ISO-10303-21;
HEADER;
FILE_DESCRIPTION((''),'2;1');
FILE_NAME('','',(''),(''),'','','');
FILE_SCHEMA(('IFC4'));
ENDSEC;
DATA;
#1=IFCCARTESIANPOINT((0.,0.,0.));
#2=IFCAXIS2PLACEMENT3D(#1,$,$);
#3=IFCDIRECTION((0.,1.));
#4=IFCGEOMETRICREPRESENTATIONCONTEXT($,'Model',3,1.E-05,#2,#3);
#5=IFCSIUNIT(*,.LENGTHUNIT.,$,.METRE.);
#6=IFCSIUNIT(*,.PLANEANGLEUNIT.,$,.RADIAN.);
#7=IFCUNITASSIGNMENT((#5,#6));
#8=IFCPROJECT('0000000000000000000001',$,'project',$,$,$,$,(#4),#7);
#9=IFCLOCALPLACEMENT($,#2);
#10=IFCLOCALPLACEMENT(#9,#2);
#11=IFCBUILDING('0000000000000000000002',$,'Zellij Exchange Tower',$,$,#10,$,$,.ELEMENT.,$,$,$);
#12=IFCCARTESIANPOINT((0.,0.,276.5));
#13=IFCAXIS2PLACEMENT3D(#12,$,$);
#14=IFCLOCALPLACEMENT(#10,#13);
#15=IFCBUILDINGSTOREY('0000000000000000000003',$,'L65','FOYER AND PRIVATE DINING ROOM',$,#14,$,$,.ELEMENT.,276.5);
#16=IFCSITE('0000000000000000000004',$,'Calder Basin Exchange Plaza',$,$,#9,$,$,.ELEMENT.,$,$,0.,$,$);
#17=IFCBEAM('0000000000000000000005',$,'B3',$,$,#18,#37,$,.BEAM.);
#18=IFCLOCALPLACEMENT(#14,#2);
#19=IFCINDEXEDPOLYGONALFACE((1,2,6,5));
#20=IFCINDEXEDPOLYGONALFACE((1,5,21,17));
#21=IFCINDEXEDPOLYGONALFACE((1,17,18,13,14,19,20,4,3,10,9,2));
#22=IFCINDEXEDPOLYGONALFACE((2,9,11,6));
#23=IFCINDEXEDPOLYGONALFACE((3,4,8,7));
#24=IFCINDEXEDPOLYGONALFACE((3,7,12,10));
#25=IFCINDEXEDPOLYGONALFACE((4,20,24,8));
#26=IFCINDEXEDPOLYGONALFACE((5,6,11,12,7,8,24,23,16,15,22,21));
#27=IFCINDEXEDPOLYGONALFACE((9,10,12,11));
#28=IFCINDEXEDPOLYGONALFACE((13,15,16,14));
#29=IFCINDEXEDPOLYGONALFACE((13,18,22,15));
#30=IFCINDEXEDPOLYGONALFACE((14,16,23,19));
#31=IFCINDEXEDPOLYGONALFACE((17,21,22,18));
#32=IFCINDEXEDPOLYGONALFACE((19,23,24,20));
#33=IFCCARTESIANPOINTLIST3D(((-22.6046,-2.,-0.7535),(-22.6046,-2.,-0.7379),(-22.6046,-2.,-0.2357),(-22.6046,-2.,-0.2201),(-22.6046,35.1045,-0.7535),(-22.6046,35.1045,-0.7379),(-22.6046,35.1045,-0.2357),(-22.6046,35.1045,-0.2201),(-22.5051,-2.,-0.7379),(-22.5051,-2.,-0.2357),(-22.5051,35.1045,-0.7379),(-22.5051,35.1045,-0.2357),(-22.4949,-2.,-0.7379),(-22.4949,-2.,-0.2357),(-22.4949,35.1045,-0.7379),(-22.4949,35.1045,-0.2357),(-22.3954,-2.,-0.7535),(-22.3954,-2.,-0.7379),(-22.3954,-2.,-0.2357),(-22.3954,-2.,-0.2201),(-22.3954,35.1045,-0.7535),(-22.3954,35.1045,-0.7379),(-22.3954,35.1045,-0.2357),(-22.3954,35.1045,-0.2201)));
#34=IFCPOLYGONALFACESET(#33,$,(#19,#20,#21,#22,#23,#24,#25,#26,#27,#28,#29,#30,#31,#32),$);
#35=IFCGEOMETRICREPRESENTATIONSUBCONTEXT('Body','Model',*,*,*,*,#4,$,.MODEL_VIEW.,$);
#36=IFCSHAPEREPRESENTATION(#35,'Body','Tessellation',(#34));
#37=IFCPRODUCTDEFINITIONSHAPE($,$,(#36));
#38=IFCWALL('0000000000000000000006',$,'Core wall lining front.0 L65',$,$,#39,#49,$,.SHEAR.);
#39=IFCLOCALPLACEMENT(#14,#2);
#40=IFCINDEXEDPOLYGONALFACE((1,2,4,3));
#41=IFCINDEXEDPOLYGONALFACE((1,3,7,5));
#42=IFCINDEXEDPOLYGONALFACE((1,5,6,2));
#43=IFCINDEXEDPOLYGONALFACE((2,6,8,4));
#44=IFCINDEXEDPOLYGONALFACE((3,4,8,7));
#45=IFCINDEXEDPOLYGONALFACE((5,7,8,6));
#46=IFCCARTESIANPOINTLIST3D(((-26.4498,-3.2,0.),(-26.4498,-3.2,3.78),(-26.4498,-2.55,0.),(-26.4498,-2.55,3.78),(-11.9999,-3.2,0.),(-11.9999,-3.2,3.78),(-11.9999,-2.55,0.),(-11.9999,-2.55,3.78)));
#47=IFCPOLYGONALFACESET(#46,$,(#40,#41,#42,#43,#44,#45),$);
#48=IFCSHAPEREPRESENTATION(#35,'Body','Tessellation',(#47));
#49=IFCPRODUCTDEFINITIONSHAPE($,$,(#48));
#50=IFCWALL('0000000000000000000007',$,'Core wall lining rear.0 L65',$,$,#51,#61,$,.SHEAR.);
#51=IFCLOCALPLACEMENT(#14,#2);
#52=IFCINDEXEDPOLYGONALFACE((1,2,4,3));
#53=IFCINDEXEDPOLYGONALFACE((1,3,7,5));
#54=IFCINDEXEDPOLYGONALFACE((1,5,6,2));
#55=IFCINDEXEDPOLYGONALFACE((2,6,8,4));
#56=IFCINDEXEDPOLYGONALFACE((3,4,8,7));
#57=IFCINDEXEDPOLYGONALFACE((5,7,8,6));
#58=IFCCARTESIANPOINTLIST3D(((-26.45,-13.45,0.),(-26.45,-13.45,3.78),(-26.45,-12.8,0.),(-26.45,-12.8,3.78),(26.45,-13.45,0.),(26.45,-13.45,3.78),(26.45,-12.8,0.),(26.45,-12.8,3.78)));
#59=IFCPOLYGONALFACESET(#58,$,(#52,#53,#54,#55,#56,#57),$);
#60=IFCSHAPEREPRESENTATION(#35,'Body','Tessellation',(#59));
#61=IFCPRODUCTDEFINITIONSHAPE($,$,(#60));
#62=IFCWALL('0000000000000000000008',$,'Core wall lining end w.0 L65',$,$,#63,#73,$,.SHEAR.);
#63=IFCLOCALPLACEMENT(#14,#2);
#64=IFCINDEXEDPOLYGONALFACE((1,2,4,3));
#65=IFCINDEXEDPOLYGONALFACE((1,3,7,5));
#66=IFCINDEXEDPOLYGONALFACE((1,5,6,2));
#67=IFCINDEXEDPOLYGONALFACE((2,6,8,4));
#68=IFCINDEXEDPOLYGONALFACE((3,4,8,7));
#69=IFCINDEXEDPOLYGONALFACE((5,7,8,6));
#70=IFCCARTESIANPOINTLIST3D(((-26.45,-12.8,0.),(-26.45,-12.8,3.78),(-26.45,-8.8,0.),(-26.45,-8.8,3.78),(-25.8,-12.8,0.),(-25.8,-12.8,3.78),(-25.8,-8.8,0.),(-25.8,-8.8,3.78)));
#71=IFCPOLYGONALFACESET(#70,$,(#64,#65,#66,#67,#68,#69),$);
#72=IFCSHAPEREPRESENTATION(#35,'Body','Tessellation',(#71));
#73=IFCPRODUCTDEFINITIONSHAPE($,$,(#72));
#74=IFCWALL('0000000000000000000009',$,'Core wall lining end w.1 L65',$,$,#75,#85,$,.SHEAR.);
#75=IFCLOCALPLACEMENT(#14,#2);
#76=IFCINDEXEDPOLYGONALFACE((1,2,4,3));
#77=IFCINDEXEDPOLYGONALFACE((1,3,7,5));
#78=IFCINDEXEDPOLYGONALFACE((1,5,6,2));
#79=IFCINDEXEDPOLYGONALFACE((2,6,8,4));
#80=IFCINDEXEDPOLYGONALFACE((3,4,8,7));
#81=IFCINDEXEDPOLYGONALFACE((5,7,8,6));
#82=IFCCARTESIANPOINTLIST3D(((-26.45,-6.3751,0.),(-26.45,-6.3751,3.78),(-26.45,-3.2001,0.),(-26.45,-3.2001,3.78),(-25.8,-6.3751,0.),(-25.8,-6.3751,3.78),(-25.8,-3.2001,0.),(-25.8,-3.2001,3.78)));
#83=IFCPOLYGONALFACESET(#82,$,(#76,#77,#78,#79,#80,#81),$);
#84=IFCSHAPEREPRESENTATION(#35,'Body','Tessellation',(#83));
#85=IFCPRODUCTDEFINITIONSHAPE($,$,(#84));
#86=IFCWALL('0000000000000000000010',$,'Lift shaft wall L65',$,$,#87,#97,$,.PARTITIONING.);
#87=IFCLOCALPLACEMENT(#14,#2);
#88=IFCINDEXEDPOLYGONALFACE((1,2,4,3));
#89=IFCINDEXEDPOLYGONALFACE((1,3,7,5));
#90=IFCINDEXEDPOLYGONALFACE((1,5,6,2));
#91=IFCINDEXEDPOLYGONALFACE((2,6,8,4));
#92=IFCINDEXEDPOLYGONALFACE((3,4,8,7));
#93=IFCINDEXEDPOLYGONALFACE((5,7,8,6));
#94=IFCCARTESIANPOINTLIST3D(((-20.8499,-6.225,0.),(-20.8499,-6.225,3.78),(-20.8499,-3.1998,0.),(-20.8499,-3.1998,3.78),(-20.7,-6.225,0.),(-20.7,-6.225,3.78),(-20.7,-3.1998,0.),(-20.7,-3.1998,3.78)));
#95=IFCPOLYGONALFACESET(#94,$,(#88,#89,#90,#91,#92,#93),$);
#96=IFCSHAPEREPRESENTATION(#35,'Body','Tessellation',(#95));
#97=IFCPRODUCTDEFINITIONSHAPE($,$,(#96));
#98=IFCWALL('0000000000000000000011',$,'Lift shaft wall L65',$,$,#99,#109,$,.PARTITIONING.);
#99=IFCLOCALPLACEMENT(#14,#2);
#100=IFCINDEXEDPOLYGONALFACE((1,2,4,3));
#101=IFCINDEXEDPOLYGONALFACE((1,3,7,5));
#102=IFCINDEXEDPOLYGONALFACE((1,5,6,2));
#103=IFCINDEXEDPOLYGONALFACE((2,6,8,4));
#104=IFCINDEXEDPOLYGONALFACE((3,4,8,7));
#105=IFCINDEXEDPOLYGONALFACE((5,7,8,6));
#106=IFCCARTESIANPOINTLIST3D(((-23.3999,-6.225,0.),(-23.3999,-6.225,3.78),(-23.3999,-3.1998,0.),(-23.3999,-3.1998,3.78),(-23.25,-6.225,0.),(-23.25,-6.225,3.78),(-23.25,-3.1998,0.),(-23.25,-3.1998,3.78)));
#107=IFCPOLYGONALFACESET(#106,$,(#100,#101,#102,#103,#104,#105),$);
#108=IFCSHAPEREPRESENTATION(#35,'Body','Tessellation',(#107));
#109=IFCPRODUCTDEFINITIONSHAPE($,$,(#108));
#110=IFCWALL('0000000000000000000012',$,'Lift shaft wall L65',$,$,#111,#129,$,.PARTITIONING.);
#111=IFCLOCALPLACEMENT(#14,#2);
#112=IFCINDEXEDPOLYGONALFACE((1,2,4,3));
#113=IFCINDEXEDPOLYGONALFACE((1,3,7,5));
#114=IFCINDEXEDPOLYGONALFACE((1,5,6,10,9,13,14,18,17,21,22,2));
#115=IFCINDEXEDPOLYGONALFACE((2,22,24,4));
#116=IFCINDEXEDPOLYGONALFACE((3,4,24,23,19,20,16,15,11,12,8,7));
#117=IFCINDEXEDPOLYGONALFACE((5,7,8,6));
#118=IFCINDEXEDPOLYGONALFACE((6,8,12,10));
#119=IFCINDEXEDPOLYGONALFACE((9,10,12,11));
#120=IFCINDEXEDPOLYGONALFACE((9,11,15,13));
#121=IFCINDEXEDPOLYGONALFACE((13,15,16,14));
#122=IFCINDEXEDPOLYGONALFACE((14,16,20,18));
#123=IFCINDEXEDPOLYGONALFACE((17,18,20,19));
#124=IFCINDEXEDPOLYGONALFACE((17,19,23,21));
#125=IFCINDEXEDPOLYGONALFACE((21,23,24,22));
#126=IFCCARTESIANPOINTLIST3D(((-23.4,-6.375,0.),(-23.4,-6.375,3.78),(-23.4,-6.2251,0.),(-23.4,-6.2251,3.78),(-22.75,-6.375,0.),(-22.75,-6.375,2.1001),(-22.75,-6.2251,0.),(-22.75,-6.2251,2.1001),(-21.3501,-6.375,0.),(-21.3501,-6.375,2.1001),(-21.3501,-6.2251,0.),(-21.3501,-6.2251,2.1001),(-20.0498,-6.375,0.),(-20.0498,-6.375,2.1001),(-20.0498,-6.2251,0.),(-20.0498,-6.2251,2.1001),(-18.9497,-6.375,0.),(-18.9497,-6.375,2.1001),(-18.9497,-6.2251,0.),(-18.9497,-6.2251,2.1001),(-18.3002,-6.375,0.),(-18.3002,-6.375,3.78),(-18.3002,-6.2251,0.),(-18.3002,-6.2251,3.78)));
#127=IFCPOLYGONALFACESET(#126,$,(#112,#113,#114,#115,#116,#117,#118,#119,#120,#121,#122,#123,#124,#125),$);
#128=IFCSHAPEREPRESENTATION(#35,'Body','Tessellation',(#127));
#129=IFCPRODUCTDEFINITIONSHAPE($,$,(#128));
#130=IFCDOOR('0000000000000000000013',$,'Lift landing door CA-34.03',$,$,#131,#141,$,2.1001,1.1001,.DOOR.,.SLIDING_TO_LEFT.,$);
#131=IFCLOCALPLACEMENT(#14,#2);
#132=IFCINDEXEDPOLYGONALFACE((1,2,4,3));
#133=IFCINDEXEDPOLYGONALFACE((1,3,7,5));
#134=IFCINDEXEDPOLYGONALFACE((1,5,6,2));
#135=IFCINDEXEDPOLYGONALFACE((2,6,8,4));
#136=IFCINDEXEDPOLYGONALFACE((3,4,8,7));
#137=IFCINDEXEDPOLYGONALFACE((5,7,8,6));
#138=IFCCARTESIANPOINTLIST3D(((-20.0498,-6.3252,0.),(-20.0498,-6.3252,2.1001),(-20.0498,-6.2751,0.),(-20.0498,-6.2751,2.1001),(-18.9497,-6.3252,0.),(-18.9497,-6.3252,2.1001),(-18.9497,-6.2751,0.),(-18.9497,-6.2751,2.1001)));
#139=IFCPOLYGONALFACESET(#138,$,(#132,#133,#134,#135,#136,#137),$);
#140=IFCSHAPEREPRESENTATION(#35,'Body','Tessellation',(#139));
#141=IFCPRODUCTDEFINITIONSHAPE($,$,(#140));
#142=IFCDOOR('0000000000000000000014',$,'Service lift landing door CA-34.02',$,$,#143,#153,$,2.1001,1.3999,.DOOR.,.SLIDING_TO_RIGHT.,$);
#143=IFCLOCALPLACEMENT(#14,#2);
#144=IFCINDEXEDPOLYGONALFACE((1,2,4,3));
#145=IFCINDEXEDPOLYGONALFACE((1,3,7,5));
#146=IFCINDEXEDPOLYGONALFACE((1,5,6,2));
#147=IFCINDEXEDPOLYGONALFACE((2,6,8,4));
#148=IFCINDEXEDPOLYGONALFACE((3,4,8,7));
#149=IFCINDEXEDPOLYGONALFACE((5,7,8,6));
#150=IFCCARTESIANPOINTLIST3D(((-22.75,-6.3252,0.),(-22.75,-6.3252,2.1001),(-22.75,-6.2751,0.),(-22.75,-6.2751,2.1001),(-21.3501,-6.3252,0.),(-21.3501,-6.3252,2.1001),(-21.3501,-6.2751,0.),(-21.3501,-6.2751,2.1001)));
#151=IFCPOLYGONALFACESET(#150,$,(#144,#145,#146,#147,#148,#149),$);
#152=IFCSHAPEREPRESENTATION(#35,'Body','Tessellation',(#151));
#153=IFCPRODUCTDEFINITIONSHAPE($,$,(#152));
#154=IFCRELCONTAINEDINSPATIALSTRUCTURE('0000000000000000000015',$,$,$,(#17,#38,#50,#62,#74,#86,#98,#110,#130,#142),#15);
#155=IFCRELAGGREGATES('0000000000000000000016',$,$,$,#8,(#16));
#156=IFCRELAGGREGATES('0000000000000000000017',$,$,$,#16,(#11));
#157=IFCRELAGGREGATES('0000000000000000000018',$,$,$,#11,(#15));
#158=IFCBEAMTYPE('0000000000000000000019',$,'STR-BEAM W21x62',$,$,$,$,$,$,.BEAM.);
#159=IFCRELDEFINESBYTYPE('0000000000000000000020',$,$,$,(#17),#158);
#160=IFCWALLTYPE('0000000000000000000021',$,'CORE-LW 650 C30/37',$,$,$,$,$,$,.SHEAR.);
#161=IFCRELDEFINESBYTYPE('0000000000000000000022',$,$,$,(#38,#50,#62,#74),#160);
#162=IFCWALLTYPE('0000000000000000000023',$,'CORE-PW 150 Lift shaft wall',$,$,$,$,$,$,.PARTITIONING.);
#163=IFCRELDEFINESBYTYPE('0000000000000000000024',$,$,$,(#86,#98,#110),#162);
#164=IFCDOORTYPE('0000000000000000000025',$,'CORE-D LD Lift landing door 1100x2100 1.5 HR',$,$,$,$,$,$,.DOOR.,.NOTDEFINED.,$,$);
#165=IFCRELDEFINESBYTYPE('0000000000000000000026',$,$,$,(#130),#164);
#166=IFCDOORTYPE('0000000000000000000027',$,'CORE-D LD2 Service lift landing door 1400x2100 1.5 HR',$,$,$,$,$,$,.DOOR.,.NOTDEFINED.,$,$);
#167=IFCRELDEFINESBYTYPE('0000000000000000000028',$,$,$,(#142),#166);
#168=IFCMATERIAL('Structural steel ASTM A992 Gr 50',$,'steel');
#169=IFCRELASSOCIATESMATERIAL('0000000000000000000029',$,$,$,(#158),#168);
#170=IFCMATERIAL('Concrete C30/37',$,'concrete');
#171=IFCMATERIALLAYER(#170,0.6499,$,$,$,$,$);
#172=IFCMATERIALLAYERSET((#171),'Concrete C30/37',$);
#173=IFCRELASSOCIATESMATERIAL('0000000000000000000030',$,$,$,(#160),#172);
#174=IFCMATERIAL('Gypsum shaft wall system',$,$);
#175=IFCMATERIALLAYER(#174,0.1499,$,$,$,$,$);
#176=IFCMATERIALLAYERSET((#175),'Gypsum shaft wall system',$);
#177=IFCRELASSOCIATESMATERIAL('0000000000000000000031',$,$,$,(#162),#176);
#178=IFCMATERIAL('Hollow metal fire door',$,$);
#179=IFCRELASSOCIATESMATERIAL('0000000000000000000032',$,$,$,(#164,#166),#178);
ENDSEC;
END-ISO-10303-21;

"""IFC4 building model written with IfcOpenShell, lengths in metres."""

from ifc_helpers import new_model, si_unit, direction, frame, frame_2d, origin, origin_2d, place, context, subcontext, project, spatial, rectangle, i_section, extrude, material, layer, layer_set, material_profile, profile_set, type_object, element, fill, save


model = new_model("IFC4")

# Units and contexts
model_context = context("Model", 3, precision=1e-05, world=origin(), true_north=direction((0.0, 1.0)))
body_context = subcontext(model_context, "Body", "Model", "MODEL_VIEW")
ifc_project = project(units=[si_unit("LENGTHUNIT", "METRE"), si_unit("PLANEANGLEUNIT", "RADIAN")], contexts=[model_context])

# Site, building, storey
site_placement = place(None, origin())
site = spatial("IfcSite", under=ifc_project, at=site_placement, Name="Calder Basin Exchange Plaza", CompositionType="ELEMENT", RefElevation=0.0)
building_placement = place(site_placement, origin())
building = spatial("IfcBuilding", under=site, at=building_placement, Name="Zellij Exchange Tower", CompositionType="ELEMENT")
storey_placement = place(building_placement, frame((0.0, 0.0, 276.5)))
storey = spatial("IfcBuildingStorey", under=building, at=storey_placement, Name="L65", Description="FOYER AND PRIVATE DINING ROOM", CompositionType="ELEMENT", Elevation=276.5)

# Beam
ifc_material_1 = material(Name="Structural steel ASTM A992 Gr 50", Category="steel")
ifc_material_profile = material_profile(ifc_material_1, i_section(OverallWidth=0.2092, OverallDepth=0.5334, WebThickness=0.0103, FlangeThickness=0.0156, at=origin_2d()), Name="W21x62")
ifc_profile_set = profile_set([ifc_material_profile], Name="Structural steel ASTM A992 Gr 50")
beam_type = type_object("IfcBeamType", Name="STR-BEAM W21x62", PredefinedType="BEAM", material=ifc_profile_set)
beam_placement = place(storey_placement, frame((-22.5, -2.0, -0.4868), z_axis=(0.0, 1.0, 0.0), x_axis=(-1.0, 0.0, 0.0)))
element("IfcBeam", 1, at=beam_placement, inside=storey, type_object=beam_type, Name="B3", PredefinedType="BEAM", context=body_context, shape_type="SweptSolid", body=[
    extrude(i_section(OverallWidth=0.2092, OverallDepth=0.5334, WebThickness=0.0103, FlangeThickness=0.0156, at=origin_2d()), origin(), (0.0, 0.0, 1.0), 37.1045),
])

# Walls
ifc_material_2 = material(Name="Concrete C30/37", Category="concrete")
ifc_layer_1 = layer(ifc_material_2, 0.6499)
ifc_layer_set_1 = layer_set([ifc_layer_1], Name="Concrete C30/37")
wall_type_1 = type_object("IfcWallType", Name="CORE-LW 650 C30/37", PredefinedType="SHEAR", material=ifc_layer_set_1)
wall_1_placement = place(storey_placement, frame((-26.45, -2.875, 0.0), z_axis=(0.0, 0.0, 1.0), x_axis=(1.0, 0.0, 0.0)))
element("IfcWall", 2, at=wall_1_placement, inside=storey, type_object=wall_type_1, Name="Core wall lining front.0 L65", PredefinedType="SHEAR", context=body_context, shape_type="SweptSolid", body=[
    extrude(rectangle(XDim=14.45, YDim=0.6499, at=frame_2d((7.2251, 0.0))), origin(), (0.0, 0.0, 1.0), 3.78),
])
wall_2_placement = place(storey_placement, frame((-26.45, -13.125, 0.0), z_axis=(0.0, 0.0, 1.0), x_axis=(1.0, 0.0, 0.0)))
element("IfcWall", 3, at=wall_2_placement, inside=storey, type_object=wall_type_1, Name="Core wall lining rear.0 L65", PredefinedType="SHEAR", context=body_context, shape_type="SweptSolid", body=[
    extrude(rectangle(XDim=52.8999, YDim=0.6499, at=frame_2d((26.45, 0.0))), origin(), (0.0, 0.0, 1.0), 3.78),
])
wall_3_placement = place(storey_placement, frame((-26.125, -12.8, 0.0), z_axis=(0.0, 0.0, 1.0), x_axis=(0.0, 1.0, 0.0)))
element("IfcWall", 4, at=wall_3_placement, inside=storey, type_object=wall_type_1, Name="Core wall lining end w.0 L65", PredefinedType="SHEAR", context=body_context, shape_type="SweptSolid", body=[
    extrude(rectangle(XDim=4.0, YDim=0.6499, at=frame_2d((2.0, 0.0))), origin(), (0.0, 0.0, 1.0), 3.78),
])
wall_4_placement = place(storey_placement, frame((-26.125, -6.375, 0.0), z_axis=(0.0, 0.0, 1.0), x_axis=(0.0, 1.0, 0.0)))
element("IfcWall", 5, at=wall_4_placement, inside=storey, type_object=wall_type_1, Name="Core wall lining end w.1 L65", PredefinedType="SHEAR", context=body_context, shape_type="SweptSolid", body=[
    extrude(rectangle(XDim=3.175, YDim=0.6499, at=frame_2d((1.5874, 0.0))), origin(), (0.0, 0.0, 1.0), 3.78),
])
ifc_material_3 = material(Name="Gypsum shaft wall system")
ifc_layer_2 = layer(ifc_material_3, 0.1499)
ifc_layer_set_2 = layer_set([ifc_layer_2], Name="Gypsum shaft wall system")
wall_type_2 = type_object("IfcWallType", Name="CORE-PW 150 Lift shaft wall", PredefinedType="PARTITIONING", material=ifc_layer_set_2)
for number, where, z_axis, x_axis, name in (
    (6, (-20.7749, -6.2251, 0.0), (0.0, 0.0, 1.0), (0.0, 1.0, 0.0), "Lift shaft wall L65"),
    (7, (-23.325, -6.2251, 0.0), (0.0, 0.0, 1.0), (0.0, 1.0, 0.0), "Lift shaft wall L65"),
):
    element("IfcWall", number, at=place(storey_placement, frame(where, z_axis=z_axis, x_axis=x_axis)), inside=storey, type_object=wall_type_2, Name=name, PredefinedType="PARTITIONING", context=body_context, shape_type="SweptSolid", body=[
        extrude(rectangle(XDim=3.0251, YDim=0.1499, at=frame_2d((1.5127, 0.0))), origin(), (0.0, 0.0, 1.0), 3.78),
    ])

# Wall, openings, doors
wall_5_placement = place(storey_placement, frame((-23.3999, -6.3, 0.0), z_axis=(0.0, 0.0, 1.0), x_axis=(1.0, 0.0, 0.0)))
wall_5 = element("IfcWall", 8, at=wall_5_placement, inside=storey, type_object=wall_type_2, Name="Lift shaft wall L65", PredefinedType="PARTITIONING", context=body_context, shape_type="SweptSolid", body=[
    extrude(rectangle(XDim=5.0999, YDim=0.1499, at=frame_2d((2.5498, 0.0))), origin(), (0.0, 0.0, 1.0), 3.78),
])
opening_1_placement = place(wall_5_placement, frame((0.6499, 0.0, 0.0)))
opening_1 = element("IfcOpeningElement", 9, at=opening_1_placement, cuts=wall_5, PredefinedType="OPENING", context=body_context, shape_type="SweptSolid", body=[
    extrude(rectangle(XDim=1.3999, YDim=2.1001, at=frame_2d((0.7, 1.05))), frame((0.0, 0.0869, 0.0), z_axis=(0.0, -1.0, 0.0), x_axis=(1.0, 0.0, 0.0)), (0.0, 0.0, 1.0), 0.1738),
])
opening_2_placement = place(wall_5_placement, frame((3.3501, 0.0, 0.0)))
opening_2 = element("IfcOpeningElement", 10, at=opening_2_placement, cuts=wall_5, PredefinedType="OPENING", context=body_context, shape_type="SweptSolid", body=[
    extrude(rectangle(XDim=1.1001, YDim=2.1001, at=frame_2d((0.55, 1.05))), frame((0.0, 0.0869, 0.0), z_axis=(0.0, -1.0, 0.0), x_axis=(1.0, 0.0, 0.0)), (0.0, 0.0, 1.0), 0.1738),
])
ifc_material_4 = material(Name="Hollow metal fire door")
door_type_1 = type_object("IfcDoorType", Name="CORE-D LD Lift landing door 1100x2100 1.5 HR", OperationType="NOTDEFINED", PredefinedType="DOOR", material=ifc_material_4)
door_1_placement = place(opening_2_placement, origin())
door_1 = element("IfcDoor", 11, at=door_1_placement, inside=storey, type_object=door_type_1, Name="Lift landing door CA-34.03", OperationType="SLIDING_TO_LEFT", OverallHeight=2.1001, OverallWidth=1.1001, PredefinedType="DOOR", context=body_context, shape_type="SweptSolid", body=[
    extrude(rectangle(XDim=1.1001, YDim=2.1001, at=frame_2d((0.55, 1.05))), frame((0.0, 0.0249, 0.0), z_axis=(0.0, -1.0, 0.0), x_axis=(1.0, 0.0, 0.0)), (0.0, 0.0, 1.0), 0.05),
])
fill(opening_2, door_1)
door_type_2 = type_object("IfcDoorType", Name="CORE-D LD2 Service lift landing door 1400x2100 1.5 HR", OperationType="NOTDEFINED", PredefinedType="DOOR", material=ifc_material_4)
door_2_placement = place(opening_1_placement, origin())
door_2 = element("IfcDoor", 12, at=door_2_placement, inside=storey, type_object=door_type_2, Name="Service lift landing door CA-34.02", OperationType="SLIDING_TO_RIGHT", OverallHeight=2.1001, OverallWidth=1.3999, PredefinedType="DOOR", context=body_context, shape_type="SweptSolid", body=[
    extrude(rectangle(XDim=1.3999, YDim=2.1001, at=frame_2d((0.7, 1.05))), frame((0.0, 0.0249, 0.0), z_axis=(0.0, -1.0, 0.0), x_axis=(1.0, 0.0, 0.0)), (0.0, 0.0, 1.0), 0.05),
])
fill(opening_1, door_2)

save(model, "model.ifc")
